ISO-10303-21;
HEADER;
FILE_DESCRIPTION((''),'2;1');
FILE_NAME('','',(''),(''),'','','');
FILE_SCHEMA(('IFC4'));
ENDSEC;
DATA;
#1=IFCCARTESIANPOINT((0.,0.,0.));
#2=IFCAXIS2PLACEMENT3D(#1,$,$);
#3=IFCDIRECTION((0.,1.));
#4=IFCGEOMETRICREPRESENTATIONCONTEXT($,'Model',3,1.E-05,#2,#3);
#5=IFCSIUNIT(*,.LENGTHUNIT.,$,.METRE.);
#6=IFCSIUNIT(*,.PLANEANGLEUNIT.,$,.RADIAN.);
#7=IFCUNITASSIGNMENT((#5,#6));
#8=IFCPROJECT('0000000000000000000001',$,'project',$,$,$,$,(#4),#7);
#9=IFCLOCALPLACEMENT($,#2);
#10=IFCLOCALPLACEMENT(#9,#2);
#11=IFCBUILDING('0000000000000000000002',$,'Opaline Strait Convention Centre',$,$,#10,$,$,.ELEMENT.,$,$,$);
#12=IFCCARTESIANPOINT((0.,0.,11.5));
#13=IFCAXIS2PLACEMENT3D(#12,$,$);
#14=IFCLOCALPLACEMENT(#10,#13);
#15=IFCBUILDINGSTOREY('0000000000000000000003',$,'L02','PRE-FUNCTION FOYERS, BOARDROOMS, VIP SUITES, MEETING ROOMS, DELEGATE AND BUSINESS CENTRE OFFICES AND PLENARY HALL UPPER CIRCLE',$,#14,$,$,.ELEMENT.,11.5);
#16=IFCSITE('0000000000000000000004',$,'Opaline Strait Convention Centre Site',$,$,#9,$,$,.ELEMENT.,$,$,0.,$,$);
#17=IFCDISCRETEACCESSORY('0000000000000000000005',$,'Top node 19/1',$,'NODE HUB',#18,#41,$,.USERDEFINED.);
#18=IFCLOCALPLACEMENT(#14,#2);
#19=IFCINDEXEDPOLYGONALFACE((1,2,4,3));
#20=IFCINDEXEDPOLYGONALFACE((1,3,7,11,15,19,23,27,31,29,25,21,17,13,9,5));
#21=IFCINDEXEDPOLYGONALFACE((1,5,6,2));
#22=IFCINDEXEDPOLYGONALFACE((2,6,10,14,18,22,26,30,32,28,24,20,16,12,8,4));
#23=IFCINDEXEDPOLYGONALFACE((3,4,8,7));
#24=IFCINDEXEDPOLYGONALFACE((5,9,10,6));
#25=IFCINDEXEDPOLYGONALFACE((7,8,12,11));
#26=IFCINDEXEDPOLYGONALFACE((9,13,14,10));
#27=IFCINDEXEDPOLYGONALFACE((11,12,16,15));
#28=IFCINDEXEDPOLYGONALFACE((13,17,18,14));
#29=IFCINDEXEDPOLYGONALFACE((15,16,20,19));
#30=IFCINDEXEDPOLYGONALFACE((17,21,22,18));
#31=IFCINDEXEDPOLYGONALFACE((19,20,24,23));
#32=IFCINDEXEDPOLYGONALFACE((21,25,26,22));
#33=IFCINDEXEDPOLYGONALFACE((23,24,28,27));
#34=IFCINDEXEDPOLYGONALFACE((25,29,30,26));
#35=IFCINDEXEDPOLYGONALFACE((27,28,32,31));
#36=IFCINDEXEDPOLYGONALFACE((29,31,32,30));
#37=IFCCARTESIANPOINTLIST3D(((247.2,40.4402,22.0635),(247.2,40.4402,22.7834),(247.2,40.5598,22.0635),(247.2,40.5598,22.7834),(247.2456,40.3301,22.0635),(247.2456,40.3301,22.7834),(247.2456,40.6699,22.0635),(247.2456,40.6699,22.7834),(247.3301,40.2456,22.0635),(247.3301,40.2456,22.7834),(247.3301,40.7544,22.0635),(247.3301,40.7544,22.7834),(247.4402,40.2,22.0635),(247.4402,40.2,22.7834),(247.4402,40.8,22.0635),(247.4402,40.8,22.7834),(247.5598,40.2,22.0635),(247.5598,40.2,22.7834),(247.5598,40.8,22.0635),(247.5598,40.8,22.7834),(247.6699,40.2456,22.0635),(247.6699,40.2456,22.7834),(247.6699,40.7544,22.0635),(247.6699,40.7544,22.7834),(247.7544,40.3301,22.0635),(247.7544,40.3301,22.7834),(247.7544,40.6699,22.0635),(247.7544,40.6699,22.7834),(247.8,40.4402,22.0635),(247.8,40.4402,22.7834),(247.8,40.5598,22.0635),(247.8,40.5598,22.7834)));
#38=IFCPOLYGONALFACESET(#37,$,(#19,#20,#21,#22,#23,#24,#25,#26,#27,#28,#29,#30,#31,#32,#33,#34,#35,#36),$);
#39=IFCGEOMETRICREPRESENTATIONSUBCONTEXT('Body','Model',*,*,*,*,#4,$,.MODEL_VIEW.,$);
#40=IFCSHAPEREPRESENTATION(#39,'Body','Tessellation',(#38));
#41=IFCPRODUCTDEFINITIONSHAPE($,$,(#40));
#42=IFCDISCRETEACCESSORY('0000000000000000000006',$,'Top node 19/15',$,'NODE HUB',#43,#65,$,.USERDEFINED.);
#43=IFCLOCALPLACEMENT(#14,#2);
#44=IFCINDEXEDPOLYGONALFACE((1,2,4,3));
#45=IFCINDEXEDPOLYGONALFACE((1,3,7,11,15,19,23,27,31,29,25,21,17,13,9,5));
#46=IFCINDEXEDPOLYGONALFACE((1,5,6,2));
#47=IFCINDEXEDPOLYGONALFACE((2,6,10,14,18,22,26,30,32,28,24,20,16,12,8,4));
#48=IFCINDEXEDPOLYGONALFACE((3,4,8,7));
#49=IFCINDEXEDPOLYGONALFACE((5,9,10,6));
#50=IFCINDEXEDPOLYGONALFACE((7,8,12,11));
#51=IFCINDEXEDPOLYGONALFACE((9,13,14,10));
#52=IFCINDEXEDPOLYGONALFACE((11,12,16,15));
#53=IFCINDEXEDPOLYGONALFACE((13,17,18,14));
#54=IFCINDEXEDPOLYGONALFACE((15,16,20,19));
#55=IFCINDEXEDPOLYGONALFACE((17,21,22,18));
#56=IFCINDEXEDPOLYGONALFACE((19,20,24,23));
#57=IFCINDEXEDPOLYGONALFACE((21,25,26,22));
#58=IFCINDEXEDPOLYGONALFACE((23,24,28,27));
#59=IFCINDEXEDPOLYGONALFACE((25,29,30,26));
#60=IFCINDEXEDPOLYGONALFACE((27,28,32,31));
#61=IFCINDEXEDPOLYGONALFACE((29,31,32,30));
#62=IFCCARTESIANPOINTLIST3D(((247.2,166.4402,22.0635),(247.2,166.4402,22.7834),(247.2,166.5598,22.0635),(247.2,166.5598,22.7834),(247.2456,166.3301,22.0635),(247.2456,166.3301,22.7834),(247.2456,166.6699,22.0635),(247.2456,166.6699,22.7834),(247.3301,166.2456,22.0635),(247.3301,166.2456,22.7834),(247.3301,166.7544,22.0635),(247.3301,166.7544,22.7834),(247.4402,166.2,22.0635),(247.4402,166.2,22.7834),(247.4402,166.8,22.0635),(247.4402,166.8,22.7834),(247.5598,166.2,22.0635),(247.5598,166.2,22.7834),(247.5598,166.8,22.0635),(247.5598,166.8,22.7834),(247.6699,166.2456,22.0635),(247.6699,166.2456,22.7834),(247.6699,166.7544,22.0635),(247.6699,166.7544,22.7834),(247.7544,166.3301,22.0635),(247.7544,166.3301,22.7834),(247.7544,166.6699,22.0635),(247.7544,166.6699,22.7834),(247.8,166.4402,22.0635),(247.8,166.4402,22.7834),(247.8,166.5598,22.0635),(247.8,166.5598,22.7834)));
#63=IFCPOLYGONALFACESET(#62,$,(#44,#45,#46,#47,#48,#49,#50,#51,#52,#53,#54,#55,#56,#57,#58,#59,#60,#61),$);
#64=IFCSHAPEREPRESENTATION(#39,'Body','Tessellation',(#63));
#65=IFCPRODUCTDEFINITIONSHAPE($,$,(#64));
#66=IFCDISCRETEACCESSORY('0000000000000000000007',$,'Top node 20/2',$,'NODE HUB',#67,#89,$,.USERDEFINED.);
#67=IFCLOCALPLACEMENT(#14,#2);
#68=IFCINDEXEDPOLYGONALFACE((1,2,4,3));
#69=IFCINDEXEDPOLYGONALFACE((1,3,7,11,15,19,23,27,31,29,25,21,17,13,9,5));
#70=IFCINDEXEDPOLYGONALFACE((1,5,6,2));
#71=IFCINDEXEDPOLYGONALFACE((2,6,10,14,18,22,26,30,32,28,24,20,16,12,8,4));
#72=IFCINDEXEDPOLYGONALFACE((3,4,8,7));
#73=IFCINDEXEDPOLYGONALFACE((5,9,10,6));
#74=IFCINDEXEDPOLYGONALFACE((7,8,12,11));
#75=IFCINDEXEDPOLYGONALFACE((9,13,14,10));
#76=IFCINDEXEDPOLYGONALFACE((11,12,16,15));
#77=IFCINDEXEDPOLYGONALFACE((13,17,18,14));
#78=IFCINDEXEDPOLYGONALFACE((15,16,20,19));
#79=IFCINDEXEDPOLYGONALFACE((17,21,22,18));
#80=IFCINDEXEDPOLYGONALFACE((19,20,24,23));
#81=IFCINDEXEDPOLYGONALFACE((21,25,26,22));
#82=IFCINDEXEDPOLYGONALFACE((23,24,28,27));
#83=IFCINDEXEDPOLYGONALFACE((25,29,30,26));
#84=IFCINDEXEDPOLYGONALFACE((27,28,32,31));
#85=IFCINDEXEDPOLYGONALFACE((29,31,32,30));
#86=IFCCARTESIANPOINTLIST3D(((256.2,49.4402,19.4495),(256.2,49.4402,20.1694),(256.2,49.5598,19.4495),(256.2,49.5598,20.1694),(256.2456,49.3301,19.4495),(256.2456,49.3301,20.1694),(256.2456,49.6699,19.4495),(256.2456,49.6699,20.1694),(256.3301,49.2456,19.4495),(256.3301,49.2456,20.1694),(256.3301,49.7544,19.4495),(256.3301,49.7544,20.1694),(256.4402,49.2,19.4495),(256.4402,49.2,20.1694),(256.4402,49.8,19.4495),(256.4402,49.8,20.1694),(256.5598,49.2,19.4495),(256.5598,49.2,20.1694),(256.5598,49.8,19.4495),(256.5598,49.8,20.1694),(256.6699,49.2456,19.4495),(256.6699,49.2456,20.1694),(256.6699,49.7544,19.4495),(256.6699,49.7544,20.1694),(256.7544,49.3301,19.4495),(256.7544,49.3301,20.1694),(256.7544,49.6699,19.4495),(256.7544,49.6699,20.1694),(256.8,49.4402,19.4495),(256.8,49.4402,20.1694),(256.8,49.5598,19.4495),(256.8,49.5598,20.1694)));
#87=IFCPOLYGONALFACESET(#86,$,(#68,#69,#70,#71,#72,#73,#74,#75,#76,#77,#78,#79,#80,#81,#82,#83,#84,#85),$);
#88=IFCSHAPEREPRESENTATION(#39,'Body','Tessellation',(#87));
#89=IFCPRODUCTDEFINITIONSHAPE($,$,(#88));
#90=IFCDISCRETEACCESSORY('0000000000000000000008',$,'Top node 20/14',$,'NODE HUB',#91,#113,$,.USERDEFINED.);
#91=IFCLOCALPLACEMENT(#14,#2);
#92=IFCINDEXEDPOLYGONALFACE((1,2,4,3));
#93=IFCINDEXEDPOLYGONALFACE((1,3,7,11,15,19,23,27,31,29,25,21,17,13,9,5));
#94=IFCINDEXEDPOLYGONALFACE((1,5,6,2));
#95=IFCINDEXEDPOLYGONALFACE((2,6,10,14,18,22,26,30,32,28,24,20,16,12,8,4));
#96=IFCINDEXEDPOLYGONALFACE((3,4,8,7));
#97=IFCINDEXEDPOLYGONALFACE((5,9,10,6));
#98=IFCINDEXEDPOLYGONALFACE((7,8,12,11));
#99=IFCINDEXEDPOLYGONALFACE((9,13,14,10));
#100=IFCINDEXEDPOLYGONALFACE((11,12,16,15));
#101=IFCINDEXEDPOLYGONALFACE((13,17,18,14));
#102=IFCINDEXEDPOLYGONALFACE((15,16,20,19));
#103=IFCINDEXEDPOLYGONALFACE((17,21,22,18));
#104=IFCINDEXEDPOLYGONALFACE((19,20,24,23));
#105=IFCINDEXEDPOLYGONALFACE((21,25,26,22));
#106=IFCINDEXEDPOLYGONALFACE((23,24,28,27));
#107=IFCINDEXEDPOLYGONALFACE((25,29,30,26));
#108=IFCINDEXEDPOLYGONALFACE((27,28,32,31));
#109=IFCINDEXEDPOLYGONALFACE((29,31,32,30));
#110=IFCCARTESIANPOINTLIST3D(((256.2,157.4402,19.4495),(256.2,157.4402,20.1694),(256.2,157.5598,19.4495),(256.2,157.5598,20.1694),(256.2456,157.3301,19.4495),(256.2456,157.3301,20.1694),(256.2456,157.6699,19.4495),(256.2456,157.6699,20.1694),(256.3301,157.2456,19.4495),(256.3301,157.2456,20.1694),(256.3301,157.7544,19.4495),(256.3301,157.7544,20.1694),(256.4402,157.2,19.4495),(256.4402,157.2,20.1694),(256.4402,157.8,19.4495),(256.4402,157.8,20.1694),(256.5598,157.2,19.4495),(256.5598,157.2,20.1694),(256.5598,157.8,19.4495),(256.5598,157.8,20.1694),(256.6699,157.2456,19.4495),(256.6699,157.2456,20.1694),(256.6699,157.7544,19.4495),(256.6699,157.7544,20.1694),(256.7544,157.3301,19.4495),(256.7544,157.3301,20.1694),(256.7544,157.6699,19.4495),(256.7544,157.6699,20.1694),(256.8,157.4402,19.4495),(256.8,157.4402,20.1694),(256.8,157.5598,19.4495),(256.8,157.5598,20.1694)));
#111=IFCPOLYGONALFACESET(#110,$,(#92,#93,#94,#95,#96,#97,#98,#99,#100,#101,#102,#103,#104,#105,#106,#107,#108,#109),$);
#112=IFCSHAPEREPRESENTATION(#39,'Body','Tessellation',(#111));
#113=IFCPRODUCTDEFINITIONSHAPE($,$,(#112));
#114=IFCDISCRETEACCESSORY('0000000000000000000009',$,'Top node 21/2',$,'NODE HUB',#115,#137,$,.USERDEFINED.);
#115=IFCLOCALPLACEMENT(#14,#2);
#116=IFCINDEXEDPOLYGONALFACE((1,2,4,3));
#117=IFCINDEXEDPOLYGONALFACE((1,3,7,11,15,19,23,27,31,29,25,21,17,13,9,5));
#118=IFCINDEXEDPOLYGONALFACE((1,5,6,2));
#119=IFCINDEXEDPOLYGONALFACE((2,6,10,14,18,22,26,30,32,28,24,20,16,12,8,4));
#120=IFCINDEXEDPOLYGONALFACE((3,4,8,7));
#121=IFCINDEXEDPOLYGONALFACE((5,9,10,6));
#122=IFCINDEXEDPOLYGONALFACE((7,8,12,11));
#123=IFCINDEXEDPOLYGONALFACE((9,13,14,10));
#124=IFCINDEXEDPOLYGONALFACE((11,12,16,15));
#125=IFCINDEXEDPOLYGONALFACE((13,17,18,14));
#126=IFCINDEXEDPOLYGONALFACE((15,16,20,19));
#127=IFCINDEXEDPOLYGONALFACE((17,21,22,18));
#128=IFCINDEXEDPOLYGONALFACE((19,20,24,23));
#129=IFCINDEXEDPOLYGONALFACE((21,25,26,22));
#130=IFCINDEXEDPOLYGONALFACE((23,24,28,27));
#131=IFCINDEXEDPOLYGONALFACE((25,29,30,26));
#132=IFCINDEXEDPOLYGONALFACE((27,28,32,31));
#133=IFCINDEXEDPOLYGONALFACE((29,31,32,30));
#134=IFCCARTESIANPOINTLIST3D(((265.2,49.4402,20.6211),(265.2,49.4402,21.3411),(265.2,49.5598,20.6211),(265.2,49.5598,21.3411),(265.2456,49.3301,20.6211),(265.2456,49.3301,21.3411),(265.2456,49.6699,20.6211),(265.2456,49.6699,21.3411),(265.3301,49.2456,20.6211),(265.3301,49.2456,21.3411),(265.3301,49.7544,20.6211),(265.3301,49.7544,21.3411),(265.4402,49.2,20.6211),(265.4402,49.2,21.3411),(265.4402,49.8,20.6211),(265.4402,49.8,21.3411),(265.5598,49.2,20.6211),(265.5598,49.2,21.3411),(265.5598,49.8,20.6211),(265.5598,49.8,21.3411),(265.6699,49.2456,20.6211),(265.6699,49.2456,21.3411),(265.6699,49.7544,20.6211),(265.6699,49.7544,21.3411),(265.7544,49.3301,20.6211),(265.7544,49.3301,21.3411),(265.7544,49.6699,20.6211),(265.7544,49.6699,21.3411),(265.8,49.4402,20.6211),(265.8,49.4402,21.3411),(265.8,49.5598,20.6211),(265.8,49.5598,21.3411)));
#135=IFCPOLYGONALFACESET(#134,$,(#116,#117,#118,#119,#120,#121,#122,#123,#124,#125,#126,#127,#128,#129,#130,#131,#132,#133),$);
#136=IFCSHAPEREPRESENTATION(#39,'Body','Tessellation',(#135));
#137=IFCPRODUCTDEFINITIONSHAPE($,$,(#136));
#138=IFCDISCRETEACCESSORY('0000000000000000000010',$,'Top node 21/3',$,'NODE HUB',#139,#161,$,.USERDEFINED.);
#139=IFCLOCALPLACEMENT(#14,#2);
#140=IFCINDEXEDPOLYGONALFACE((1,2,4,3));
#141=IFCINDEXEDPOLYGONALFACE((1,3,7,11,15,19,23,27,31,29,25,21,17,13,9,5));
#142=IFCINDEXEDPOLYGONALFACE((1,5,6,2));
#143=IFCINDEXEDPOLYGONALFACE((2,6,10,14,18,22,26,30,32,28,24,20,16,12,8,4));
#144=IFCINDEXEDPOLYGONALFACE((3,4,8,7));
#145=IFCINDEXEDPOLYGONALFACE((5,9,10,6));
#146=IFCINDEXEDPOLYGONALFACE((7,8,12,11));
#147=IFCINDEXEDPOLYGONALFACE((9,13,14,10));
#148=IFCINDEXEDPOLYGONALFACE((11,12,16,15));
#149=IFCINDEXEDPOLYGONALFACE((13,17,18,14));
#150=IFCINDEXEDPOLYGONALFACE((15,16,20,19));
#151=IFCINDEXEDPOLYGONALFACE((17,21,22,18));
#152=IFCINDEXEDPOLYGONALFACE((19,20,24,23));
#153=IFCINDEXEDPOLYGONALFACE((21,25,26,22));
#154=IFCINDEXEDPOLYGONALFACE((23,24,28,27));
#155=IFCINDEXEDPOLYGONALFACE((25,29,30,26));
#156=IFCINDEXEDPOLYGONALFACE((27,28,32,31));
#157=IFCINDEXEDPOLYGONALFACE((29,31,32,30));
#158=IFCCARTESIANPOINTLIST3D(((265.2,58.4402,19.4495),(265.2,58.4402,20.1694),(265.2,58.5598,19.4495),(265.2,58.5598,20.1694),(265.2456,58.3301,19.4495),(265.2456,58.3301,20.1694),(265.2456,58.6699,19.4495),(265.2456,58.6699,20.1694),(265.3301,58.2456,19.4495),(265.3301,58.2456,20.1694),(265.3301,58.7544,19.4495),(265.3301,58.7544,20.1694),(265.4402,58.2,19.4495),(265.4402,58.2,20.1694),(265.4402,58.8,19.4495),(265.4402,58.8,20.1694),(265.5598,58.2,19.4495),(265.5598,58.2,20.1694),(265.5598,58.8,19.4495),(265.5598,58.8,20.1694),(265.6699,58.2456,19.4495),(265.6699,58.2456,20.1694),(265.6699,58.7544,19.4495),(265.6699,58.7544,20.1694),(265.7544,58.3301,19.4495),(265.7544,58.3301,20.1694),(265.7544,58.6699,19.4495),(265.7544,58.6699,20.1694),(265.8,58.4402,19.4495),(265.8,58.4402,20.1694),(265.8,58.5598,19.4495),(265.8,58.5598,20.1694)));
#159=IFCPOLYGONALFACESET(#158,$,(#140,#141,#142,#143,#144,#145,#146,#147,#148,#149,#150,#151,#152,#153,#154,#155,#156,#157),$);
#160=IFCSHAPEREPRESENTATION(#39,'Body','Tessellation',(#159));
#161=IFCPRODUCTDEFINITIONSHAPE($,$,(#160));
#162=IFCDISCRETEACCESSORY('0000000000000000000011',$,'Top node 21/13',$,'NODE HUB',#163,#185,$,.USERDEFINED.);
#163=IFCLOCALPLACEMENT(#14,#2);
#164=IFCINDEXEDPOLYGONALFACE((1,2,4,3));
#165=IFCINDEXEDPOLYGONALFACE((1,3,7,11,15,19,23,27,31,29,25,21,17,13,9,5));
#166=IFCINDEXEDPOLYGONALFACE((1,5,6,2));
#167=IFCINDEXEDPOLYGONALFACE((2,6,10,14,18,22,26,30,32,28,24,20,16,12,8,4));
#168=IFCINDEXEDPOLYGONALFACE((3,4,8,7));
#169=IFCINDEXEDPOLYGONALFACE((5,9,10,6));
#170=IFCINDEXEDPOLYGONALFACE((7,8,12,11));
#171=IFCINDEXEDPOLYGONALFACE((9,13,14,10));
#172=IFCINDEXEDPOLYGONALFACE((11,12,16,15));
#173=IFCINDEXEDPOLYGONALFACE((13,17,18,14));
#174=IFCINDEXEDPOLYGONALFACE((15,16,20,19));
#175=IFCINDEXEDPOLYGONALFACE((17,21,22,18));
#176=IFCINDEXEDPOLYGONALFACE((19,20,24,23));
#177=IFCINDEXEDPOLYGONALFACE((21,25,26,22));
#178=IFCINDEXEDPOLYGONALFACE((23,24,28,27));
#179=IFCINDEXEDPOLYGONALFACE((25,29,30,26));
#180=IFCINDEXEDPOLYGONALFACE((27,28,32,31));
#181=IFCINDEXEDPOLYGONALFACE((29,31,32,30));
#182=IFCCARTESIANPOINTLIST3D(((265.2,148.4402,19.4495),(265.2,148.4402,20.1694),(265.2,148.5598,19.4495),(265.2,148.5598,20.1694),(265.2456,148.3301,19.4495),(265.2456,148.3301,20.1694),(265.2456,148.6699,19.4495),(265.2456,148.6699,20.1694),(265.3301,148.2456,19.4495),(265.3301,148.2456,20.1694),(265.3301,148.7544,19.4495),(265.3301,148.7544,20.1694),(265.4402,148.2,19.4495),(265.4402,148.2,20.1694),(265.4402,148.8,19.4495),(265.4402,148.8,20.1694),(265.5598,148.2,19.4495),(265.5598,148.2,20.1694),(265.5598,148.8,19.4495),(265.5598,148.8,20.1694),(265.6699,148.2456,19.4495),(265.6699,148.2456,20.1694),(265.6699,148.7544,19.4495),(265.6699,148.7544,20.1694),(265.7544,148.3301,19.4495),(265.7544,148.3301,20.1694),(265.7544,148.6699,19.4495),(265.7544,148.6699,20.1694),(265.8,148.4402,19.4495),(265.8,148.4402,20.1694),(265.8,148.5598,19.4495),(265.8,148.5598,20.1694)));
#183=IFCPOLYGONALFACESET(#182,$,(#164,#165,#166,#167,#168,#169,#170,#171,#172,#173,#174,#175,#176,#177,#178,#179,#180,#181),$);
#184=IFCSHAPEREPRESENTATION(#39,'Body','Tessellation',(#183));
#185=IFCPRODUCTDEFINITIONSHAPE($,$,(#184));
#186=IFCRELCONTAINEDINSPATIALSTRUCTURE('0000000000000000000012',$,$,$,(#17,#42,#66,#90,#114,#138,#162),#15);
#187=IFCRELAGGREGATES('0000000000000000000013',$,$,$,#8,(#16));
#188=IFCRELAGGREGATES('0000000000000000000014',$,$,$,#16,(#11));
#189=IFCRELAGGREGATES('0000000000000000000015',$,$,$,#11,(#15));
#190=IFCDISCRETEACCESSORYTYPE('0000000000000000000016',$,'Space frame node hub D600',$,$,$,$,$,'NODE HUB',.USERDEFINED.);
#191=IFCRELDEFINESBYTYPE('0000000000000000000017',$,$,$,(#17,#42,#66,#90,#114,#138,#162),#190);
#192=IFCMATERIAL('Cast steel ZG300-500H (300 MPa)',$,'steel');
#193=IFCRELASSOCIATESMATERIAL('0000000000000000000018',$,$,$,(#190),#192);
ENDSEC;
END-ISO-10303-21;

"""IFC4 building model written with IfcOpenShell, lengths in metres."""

from ifc_helpers import new_model, si_unit, direction, frame, origin, place, context, subcontext, project, spatial, polyline, outline, extrude, material, type_object, element, save


model = new_model("IFC4")

# Units and contexts
model_context = context("Model", 3, precision=1e-05, world=origin(), true_north=direction((0.0, 1.0)))
body_context = subcontext(model_context, "Body", "Model", "MODEL_VIEW")
ifc_project = project(units=[si_unit("LENGTHUNIT", "METRE"), si_unit("PLANEANGLEUNIT", "RADIAN")], contexts=[model_context])

# Site, building, storey
site_placement = place(None, origin())
site = spatial("IfcSite", under=ifc_project, at=site_placement, Name="Opaline Strait Convention Centre Site", CompositionType="ELEMENT", RefElevation=0.0)
building_placement = place(site_placement, origin())
building = spatial("IfcBuilding", under=site, at=building_placement, Name="Opaline Strait Convention Centre", CompositionType="ELEMENT")
storey_placement = place(building_placement, frame((0.0, 0.0, 11.5)))
storey = spatial("IfcBuildingStorey", under=building, at=storey_placement, Name="L02", Description="PRE-FUNCTION FOYERS, BOARDROOMS, VIP SUITES, MEETING ROOMS, DELEGATE AND BUSINESS CENTRE OFFICES AND PLENARY HALL UPPER CIRCLE", CompositionType="ELEMENT", Elevation=11.5)

# Discrete accessories
ifc_material = material(Name="Cast steel ZG300-500H (300 MPa)", Category="steel")
discrete_accessory_type_1 = type_object("IfcDiscreteAccessoryType", Name="Space frame node hub D600", ElementType="NODE HUB", PredefinedType="USERDEFINED", material=ifc_material)
discrete_accessory_1_placement = place(storey_placement, frame((0.0, 0.0, 22.0635)))
element("IfcDiscreteAccessory", 1, at=discrete_accessory_1_placement, inside=storey, type_object=discrete_accessory_type_1, Name="Top node 19/1", ObjectType="NODE HUB", PredefinedType="USERDEFINED", context=body_context, shape_type="SweptSolid", body=[
    extrude(outline(polyline([(247.8, 40.5598), (247.7544, 40.6699), (247.6699, 40.7544), (247.5598, 40.8), (247.4402, 40.8), (247.3301, 40.7544), (247.2456, 40.6699), (247.2, 40.5598), (247.2, 40.4402), (247.2456, 40.3301), (247.3301, 40.2456), (247.4402, 40.2), (247.5598, 40.2), (247.6699, 40.2456), (247.7544, 40.3301), (247.8, 40.4402), (247.8, 40.5598)])), origin(), (0.0, 0.0, 1.0), 0.72),
])
discrete_accessory_2_placement = place(storey_placement, frame((0.0, 0.0, 22.0635)))
element("IfcDiscreteAccessory", 2, at=discrete_accessory_2_placement, inside=storey, type_object=discrete_accessory_type_1, Name="Top node 19/15", ObjectType="NODE HUB", PredefinedType="USERDEFINED", context=body_context, shape_type="SweptSolid", body=[
    extrude(outline(polyline([(247.8, 166.5598), (247.7544, 166.6699), (247.6699, 166.7544), (247.5598, 166.8), (247.4402, 166.8), (247.3301, 166.7544), (247.2456, 166.6699), (247.2, 166.5598), (247.2, 166.4402), (247.2456, 166.3301), (247.3301, 166.2456), (247.4402, 166.2), (247.5598, 166.2), (247.6699, 166.2456), (247.7544, 166.3301), (247.8, 166.4402), (247.8, 166.5598)])), origin(), (0.0, 0.0, 1.0), 0.72),
])
discrete_accessory_3_placement = place(storey_placement, frame((0.0, 0.0, 19.4495)))
element("IfcDiscreteAccessory", 3, at=discrete_accessory_3_placement, inside=storey, type_object=discrete_accessory_type_1, Name="Top node 20/2", ObjectType="NODE HUB", PredefinedType="USERDEFINED", context=body_context, shape_type="SweptSolid", body=[
    extrude(outline(polyline([(256.8, 49.5598), (256.7544, 49.6699), (256.6699, 49.7544), (256.5598, 49.8), (256.4402, 49.8), (256.3301, 49.7544), (256.2456, 49.6699), (256.2, 49.5598), (256.2, 49.4402), (256.2456, 49.3301), (256.3301, 49.2456), (256.4402, 49.2), (256.5598, 49.2), (256.6699, 49.2456), (256.7544, 49.3301), (256.8, 49.4402), (256.8, 49.5598)])), origin(), (0.0, 0.0, 1.0), 0.72),
])
discrete_accessory_4_placement = place(storey_placement, frame((0.0, 0.0, 19.4495)))
element("IfcDiscreteAccessory", 4, at=discrete_accessory_4_placement, inside=storey, type_object=discrete_accessory_type_1, Name="Top node 20/14", ObjectType="NODE HUB", PredefinedType="USERDEFINED", context=body_context, shape_type="SweptSolid", body=[
    extrude(outline(polyline([(256.8, 157.5598), (256.7544, 157.6699), (256.6699, 157.7544), (256.5598, 157.8), (256.4402, 157.8), (256.3301, 157.7544), (256.2456, 157.6699), (256.2, 157.5598), (256.2, 157.4402), (256.2456, 157.3301), (256.3301, 157.2456), (256.4402, 157.2), (256.5598, 157.2), (256.6699, 157.2456), (256.7544, 157.3301), (256.8, 157.4402), (256.8, 157.5598)])), origin(), (0.0, 0.0, 1.0), 0.72),
])
discrete_accessory_5_placement = place(storey_placement, frame((0.0, 0.0, 20.6211)))
element("IfcDiscreteAccessory", 5, at=discrete_accessory_5_placement, inside=storey, type_object=discrete_accessory_type_1, Name="Top node 21/2", ObjectType="NODE HUB", PredefinedType="USERDEFINED", context=body_context, shape_type="SweptSolid", body=[
    extrude(outline(polyline([(265.8, 49.5598), (265.7544, 49.6699), (265.6699, 49.7544), (265.5598, 49.8), (265.4402, 49.8), (265.3301, 49.7544), (265.2456, 49.6699), (265.2, 49.5598), (265.2, 49.4402), (265.2456, 49.3301), (265.3301, 49.2456), (265.4402, 49.2), (265.5598, 49.2), (265.6699, 49.2456), (265.7544, 49.3301), (265.8, 49.4402), (265.8, 49.5598)])), origin(), (0.0, 0.0, 1.0), 0.72),
])
discrete_accessory_6_placement = place(storey_placement, frame((0.0, 0.0, 19.4495)))
element("IfcDiscreteAccessory", 6, at=discrete_accessory_6_placement, inside=storey, type_object=discrete_accessory_type_1, Name="Top node 21/3", ObjectType="NODE HUB", PredefinedType="USERDEFINED", context=body_context, shape_type="SweptSolid", body=[
    extrude(outline(polyline([(265.8, 58.5598), (265.7544, 58.6699), (265.6699, 58.7544), (265.5598, 58.8), (265.4402, 58.8), (265.3301, 58.7544), (265.2456, 58.6699), (265.2, 58.5598), (265.2, 58.4402), (265.2456, 58.3301), (265.3301, 58.2456), (265.4402, 58.2), (265.5598, 58.2), (265.6699, 58.2456), (265.7544, 58.3301), (265.8, 58.4402), (265.8, 58.5598)])), origin(), (0.0, 0.0, 1.0), 0.72),
])
discrete_accessory_7_placement = place(storey_placement, frame((0.0, 0.0, 19.4495)))
element("IfcDiscreteAccessory", 7, at=discrete_accessory_7_placement, inside=storey, type_object=discrete_accessory_type_1, Name="Top node 21/13", ObjectType="NODE HUB", PredefinedType="USERDEFINED", context=body_context, shape_type="SweptSolid", body=[
    extrude(outline(polyline([(265.8, 148.5598), (265.7544, 148.6699), (265.6699, 148.7544), (265.5598, 148.8), (265.4402, 148.8), (265.3301, 148.7544), (265.2456, 148.6699), (265.2, 148.5598), (265.2, 148.4402), (265.2456, 148.3301), (265.3301, 148.2456), (265.4402, 148.2), (265.5598, 148.2), (265.6699, 148.2456), (265.7544, 148.3301), (265.8, 148.4402), (265.8, 148.5598)])), origin(), (0.0, 0.0, 1.0), 0.72),
])

save(model, "model.ifc")
